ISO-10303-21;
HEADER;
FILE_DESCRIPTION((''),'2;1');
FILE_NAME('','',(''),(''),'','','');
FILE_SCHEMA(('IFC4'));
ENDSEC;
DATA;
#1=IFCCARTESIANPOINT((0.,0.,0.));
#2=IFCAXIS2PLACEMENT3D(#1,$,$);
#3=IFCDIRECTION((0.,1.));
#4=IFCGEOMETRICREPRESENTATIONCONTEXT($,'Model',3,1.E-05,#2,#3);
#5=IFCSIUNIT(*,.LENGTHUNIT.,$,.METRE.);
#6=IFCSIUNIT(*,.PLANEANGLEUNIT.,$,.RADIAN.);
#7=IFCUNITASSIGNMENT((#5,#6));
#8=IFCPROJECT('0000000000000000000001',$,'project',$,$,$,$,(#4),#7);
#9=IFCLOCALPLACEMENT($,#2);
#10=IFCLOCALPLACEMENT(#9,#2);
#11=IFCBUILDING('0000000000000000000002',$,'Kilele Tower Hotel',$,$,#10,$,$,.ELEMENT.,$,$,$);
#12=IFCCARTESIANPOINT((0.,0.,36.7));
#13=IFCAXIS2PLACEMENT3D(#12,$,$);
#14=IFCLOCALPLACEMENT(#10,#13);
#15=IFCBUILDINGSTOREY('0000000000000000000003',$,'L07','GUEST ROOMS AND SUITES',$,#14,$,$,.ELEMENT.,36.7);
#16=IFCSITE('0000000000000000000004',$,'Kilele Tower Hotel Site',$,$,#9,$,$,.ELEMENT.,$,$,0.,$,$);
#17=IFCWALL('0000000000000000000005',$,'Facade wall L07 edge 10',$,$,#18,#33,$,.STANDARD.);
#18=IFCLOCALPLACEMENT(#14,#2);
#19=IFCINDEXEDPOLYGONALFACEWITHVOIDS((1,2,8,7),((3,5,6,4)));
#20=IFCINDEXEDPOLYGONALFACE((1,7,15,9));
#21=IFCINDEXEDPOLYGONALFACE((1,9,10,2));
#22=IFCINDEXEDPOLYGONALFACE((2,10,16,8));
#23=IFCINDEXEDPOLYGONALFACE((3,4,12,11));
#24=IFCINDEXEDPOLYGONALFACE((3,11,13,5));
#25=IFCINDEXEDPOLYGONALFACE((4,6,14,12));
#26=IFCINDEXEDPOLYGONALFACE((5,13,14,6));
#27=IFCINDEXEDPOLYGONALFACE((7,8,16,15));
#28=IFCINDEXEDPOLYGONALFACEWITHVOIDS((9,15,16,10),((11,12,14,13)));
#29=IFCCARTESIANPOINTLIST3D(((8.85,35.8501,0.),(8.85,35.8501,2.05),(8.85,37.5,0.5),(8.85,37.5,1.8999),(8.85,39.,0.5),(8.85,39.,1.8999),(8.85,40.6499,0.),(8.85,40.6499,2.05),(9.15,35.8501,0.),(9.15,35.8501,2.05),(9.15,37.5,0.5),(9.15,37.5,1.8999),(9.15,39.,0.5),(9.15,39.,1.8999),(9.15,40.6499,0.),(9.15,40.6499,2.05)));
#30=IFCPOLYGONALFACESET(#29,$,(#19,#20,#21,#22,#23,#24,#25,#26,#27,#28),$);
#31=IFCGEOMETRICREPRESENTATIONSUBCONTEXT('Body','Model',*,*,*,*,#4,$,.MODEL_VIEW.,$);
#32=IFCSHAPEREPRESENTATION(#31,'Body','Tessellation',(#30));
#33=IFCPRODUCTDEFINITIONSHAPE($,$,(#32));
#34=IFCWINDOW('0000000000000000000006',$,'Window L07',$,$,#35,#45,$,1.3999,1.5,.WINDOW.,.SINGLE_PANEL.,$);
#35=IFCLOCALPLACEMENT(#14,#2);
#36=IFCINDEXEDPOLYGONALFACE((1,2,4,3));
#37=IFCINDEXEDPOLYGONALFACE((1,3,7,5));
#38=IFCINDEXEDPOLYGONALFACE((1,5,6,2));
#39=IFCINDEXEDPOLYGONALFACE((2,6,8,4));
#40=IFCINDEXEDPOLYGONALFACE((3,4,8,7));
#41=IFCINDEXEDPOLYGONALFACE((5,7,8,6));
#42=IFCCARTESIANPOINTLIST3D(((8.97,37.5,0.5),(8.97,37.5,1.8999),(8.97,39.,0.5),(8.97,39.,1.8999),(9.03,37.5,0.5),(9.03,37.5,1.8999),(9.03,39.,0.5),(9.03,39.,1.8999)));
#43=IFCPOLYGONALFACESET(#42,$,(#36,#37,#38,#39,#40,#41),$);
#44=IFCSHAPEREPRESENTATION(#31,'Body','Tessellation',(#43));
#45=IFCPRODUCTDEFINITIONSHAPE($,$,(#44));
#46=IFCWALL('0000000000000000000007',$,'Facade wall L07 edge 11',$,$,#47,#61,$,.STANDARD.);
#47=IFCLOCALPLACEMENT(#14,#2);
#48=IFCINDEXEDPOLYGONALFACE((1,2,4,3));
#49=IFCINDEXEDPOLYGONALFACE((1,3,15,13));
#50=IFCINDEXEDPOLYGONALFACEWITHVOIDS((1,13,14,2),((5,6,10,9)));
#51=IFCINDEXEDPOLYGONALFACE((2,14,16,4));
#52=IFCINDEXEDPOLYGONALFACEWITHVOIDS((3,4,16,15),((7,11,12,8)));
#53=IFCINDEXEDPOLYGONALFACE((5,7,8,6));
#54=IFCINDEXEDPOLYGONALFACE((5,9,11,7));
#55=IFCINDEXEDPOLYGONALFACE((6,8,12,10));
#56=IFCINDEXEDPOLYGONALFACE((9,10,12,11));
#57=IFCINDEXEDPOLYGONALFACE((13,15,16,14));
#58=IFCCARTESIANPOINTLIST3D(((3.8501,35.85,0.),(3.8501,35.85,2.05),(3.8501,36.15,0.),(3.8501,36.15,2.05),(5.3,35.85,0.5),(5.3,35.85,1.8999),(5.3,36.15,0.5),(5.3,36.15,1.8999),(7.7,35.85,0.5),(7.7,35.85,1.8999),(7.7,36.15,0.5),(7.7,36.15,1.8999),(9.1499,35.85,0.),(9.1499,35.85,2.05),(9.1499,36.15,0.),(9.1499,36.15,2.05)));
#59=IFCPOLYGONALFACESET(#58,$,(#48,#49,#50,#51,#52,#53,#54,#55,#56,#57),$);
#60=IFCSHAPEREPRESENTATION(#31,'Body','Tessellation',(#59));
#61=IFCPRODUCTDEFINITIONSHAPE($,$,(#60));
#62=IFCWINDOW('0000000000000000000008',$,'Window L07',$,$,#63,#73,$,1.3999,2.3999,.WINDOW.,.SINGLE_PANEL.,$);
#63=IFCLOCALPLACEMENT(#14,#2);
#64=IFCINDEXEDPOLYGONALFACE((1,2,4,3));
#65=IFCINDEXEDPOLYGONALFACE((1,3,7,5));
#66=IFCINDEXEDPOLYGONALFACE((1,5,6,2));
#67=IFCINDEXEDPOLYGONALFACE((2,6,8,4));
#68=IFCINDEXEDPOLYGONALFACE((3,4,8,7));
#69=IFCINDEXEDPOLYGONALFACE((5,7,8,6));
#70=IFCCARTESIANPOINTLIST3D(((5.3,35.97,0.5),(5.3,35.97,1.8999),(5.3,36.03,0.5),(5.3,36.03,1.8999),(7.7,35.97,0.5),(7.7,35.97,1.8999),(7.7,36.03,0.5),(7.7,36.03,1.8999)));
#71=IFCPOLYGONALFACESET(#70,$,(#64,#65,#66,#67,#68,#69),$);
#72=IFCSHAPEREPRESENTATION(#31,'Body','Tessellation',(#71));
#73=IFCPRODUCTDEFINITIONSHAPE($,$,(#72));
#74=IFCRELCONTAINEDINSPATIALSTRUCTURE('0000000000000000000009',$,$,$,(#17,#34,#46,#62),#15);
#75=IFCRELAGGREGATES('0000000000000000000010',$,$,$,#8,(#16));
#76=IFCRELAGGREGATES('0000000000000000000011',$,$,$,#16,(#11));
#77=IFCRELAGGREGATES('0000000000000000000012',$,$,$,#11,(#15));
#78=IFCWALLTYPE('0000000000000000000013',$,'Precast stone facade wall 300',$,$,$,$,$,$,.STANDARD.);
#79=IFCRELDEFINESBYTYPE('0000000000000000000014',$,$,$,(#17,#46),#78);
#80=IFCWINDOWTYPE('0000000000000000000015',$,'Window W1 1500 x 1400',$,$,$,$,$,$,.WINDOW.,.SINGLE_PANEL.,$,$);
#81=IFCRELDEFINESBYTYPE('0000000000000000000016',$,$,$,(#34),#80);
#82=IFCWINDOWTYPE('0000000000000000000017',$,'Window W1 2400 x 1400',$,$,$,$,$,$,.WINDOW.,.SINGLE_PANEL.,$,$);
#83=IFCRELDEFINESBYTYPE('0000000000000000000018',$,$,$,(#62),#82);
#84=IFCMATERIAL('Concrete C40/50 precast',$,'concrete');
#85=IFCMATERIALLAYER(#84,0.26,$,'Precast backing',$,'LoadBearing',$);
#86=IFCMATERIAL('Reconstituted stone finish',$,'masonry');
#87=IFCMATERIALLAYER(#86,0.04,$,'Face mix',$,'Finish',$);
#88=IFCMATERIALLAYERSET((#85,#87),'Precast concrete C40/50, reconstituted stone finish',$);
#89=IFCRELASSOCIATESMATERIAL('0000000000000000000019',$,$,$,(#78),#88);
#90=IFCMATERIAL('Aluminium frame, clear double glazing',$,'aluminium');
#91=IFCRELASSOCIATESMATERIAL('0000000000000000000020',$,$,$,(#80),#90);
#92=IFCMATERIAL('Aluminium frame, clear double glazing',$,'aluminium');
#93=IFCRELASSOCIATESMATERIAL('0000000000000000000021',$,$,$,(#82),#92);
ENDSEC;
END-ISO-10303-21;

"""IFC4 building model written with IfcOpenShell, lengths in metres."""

from ifc_helpers import new_model, si_unit, direction, frame, frame_2d, origin, place, context, subcontext, project, spatial, rectangle, extrude, material, layer, layer_set, type_object, element, fill, save


model = new_model("IFC4")

# Units and contexts
model_context = context("Model", 3, precision=1e-05, world=origin(), true_north=direction((0.0, 1.0)))
body_context = subcontext(model_context, "Body", "Model", "MODEL_VIEW")
ifc_project = project(units=[si_unit("LENGTHUNIT", "METRE"), si_unit("PLANEANGLEUNIT", "RADIAN")], contexts=[model_context])

# Site, building, storey
site_placement = place(None, origin())
site = spatial("IfcSite", under=ifc_project, at=site_placement, Name="Kilele Tower Hotel Site", CompositionType="ELEMENT", RefElevation=0.0)
building_placement = place(site_placement, origin())
building = spatial("IfcBuilding", under=site, at=building_placement, Name="Kilele Tower Hotel", CompositionType="ELEMENT")
storey_placement = place(building_placement, frame((0.0, 0.0, 36.7)))
storey = spatial("IfcBuildingStorey", under=building, at=storey_placement, Name="L07", Description="GUEST ROOMS AND SUITES", CompositionType="ELEMENT", Elevation=36.7)

# Walls, openings, windows
ifc_material_1 = material(Name="Concrete C40/50 precast", Category="concrete")
ifc_layer_1 = layer(ifc_material_1, 0.26, Name="Precast backing", Category="LoadBearing")
ifc_material_2 = material(Name="Reconstituted stone finish", Category="masonry")
ifc_layer_2 = layer(ifc_material_2, 0.04, Name="Face mix", Category="Finish")
ifc_layer_set_1 = layer_set([ifc_layer_1, ifc_layer_2], Name="Precast concrete C40/50, reconstituted stone finish")
wall_type_1 = type_object("IfcWallType", Name="Precast stone facade wall 300", PredefinedType="STANDARD", material=ifc_layer_set_1)
wall_1_placement = place(storey_placement, frame((9.0, 40.6499, 0.0), z_axis=(0.0, 0.0, 1.0), x_axis=(0.0, -1.0, 0.0)))
wall_1 = element("IfcWall", 1, at=wall_1_placement, inside=storey, type_object=wall_type_1, Name="Facade wall L07 edge 10", PredefinedType="STANDARD", context=body_context, shape_type="SweptSolid", body=[
    extrude(rectangle(XDim=4.7998, YDim=0.3, at=frame_2d((2.3999, 0.0))), origin(), (0.0, 0.0, 1.0), 2.05),
])
opening_1_placement = place(wall_1_placement, frame((1.6499, 0.0, 0.5)))
opening_1 = element("IfcOpeningElement", 2, at=opening_1_placement, cuts=wall_1, PredefinedType="OPENING", context=body_context, shape_type="SweptSolid", body=[
    extrude(rectangle(XDim=1.5, YDim=1.3999, at=frame_2d((0.75, 0.7))), frame((0.0, 0.1599, 0.0), z_axis=(0.0, -1.0, 0.0), x_axis=(1.0, 0.0, 0.0)), (0.0, 0.0, 1.0), 0.3201),
])
ifc_material_3 = material(Name="Aluminium frame, clear double glazing", Category="aluminium")
window_type_1 = type_object("IfcWindowType", Name="Window W1 1500 x 1400", PartitioningType="SINGLE_PANEL", PredefinedType="WINDOW", material=ifc_material_3)
window_1_placement = place(opening_1_placement, origin())
window_1 = element("IfcWindow", 3, at=window_1_placement, inside=storey, type_object=window_type_1, Name="Window L07", OverallHeight=1.3999, OverallWidth=1.5, PartitioningType="SINGLE_PANEL", PredefinedType="WINDOW", context=body_context, shape_type="SweptSolid", body=[
    extrude(rectangle(XDim=1.5, YDim=1.3999, at=frame_2d((0.75, 0.7))), frame((0.0, 0.03, 0.0), z_axis=(0.0, -1.0, 0.0), x_axis=(1.0, 0.0, 0.0)), (0.0, 0.0, 1.0), 0.0601),
])
fill(opening_1, window_1)
wall_2_placement = place(storey_placement, frame((9.1499, 36.0, 0.0), z_axis=(0.0, 0.0, 1.0), x_axis=(-1.0, 0.0, 0.0)))
wall_2 = element("IfcWall", 4, at=wall_2_placement, inside=storey, type_object=wall_type_1, Name="Facade wall L07 edge 11", PredefinedType="STANDARD", context=body_context, shape_type="SweptSolid", body=[
    extrude(rectangle(XDim=5.2998, YDim=0.3, at=frame_2d((2.6499, 0.0))), origin(), (0.0, 0.0, 1.0), 2.05),
])
opening_2_placement = place(wall_2_placement, frame((1.45, 0.0, 0.5)))
opening_2 = element("IfcOpeningElement", 5, at=opening_2_placement, cuts=wall_2, PredefinedType="OPENING", context=body_context, shape_type="SweptSolid", body=[
    extrude(rectangle(XDim=2.3999, YDim=1.3999, at=frame_2d((1.2, 0.7))), frame((0.0, 0.1599, 0.0), z_axis=(0.0, -1.0, 0.0), x_axis=(1.0, 0.0, 0.0)), (0.0, 0.0, 1.0), 0.3201),
])
ifc_material_4 = material(Name="Aluminium frame, clear double glazing", Category="aluminium")
window_type_2 = type_object("IfcWindowType", Name="Window W1 2400 x 1400", PartitioningType="SINGLE_PANEL", PredefinedType="WINDOW", material=ifc_material_4)
window_2_placement = place(opening_2_placement, origin())
window_2 = element("IfcWindow", 6, at=window_2_placement, inside=storey, type_object=window_type_2, Name="Window L07", OverallHeight=1.3999, OverallWidth=2.3999, PartitioningType="SINGLE_PANEL", PredefinedType="WINDOW", context=body_context, shape_type="SweptSolid", body=[
    extrude(rectangle(XDim=2.3999, YDim=1.3999, at=frame_2d((1.2, 0.7))), frame((0.0, 0.03, 0.0), z_axis=(0.0, -1.0, 0.0), x_axis=(1.0, 0.0, 0.0)), (0.0, 0.0, 1.0), 0.0601),
])
fill(opening_2, window_2)

save(model, "model.ifc")
